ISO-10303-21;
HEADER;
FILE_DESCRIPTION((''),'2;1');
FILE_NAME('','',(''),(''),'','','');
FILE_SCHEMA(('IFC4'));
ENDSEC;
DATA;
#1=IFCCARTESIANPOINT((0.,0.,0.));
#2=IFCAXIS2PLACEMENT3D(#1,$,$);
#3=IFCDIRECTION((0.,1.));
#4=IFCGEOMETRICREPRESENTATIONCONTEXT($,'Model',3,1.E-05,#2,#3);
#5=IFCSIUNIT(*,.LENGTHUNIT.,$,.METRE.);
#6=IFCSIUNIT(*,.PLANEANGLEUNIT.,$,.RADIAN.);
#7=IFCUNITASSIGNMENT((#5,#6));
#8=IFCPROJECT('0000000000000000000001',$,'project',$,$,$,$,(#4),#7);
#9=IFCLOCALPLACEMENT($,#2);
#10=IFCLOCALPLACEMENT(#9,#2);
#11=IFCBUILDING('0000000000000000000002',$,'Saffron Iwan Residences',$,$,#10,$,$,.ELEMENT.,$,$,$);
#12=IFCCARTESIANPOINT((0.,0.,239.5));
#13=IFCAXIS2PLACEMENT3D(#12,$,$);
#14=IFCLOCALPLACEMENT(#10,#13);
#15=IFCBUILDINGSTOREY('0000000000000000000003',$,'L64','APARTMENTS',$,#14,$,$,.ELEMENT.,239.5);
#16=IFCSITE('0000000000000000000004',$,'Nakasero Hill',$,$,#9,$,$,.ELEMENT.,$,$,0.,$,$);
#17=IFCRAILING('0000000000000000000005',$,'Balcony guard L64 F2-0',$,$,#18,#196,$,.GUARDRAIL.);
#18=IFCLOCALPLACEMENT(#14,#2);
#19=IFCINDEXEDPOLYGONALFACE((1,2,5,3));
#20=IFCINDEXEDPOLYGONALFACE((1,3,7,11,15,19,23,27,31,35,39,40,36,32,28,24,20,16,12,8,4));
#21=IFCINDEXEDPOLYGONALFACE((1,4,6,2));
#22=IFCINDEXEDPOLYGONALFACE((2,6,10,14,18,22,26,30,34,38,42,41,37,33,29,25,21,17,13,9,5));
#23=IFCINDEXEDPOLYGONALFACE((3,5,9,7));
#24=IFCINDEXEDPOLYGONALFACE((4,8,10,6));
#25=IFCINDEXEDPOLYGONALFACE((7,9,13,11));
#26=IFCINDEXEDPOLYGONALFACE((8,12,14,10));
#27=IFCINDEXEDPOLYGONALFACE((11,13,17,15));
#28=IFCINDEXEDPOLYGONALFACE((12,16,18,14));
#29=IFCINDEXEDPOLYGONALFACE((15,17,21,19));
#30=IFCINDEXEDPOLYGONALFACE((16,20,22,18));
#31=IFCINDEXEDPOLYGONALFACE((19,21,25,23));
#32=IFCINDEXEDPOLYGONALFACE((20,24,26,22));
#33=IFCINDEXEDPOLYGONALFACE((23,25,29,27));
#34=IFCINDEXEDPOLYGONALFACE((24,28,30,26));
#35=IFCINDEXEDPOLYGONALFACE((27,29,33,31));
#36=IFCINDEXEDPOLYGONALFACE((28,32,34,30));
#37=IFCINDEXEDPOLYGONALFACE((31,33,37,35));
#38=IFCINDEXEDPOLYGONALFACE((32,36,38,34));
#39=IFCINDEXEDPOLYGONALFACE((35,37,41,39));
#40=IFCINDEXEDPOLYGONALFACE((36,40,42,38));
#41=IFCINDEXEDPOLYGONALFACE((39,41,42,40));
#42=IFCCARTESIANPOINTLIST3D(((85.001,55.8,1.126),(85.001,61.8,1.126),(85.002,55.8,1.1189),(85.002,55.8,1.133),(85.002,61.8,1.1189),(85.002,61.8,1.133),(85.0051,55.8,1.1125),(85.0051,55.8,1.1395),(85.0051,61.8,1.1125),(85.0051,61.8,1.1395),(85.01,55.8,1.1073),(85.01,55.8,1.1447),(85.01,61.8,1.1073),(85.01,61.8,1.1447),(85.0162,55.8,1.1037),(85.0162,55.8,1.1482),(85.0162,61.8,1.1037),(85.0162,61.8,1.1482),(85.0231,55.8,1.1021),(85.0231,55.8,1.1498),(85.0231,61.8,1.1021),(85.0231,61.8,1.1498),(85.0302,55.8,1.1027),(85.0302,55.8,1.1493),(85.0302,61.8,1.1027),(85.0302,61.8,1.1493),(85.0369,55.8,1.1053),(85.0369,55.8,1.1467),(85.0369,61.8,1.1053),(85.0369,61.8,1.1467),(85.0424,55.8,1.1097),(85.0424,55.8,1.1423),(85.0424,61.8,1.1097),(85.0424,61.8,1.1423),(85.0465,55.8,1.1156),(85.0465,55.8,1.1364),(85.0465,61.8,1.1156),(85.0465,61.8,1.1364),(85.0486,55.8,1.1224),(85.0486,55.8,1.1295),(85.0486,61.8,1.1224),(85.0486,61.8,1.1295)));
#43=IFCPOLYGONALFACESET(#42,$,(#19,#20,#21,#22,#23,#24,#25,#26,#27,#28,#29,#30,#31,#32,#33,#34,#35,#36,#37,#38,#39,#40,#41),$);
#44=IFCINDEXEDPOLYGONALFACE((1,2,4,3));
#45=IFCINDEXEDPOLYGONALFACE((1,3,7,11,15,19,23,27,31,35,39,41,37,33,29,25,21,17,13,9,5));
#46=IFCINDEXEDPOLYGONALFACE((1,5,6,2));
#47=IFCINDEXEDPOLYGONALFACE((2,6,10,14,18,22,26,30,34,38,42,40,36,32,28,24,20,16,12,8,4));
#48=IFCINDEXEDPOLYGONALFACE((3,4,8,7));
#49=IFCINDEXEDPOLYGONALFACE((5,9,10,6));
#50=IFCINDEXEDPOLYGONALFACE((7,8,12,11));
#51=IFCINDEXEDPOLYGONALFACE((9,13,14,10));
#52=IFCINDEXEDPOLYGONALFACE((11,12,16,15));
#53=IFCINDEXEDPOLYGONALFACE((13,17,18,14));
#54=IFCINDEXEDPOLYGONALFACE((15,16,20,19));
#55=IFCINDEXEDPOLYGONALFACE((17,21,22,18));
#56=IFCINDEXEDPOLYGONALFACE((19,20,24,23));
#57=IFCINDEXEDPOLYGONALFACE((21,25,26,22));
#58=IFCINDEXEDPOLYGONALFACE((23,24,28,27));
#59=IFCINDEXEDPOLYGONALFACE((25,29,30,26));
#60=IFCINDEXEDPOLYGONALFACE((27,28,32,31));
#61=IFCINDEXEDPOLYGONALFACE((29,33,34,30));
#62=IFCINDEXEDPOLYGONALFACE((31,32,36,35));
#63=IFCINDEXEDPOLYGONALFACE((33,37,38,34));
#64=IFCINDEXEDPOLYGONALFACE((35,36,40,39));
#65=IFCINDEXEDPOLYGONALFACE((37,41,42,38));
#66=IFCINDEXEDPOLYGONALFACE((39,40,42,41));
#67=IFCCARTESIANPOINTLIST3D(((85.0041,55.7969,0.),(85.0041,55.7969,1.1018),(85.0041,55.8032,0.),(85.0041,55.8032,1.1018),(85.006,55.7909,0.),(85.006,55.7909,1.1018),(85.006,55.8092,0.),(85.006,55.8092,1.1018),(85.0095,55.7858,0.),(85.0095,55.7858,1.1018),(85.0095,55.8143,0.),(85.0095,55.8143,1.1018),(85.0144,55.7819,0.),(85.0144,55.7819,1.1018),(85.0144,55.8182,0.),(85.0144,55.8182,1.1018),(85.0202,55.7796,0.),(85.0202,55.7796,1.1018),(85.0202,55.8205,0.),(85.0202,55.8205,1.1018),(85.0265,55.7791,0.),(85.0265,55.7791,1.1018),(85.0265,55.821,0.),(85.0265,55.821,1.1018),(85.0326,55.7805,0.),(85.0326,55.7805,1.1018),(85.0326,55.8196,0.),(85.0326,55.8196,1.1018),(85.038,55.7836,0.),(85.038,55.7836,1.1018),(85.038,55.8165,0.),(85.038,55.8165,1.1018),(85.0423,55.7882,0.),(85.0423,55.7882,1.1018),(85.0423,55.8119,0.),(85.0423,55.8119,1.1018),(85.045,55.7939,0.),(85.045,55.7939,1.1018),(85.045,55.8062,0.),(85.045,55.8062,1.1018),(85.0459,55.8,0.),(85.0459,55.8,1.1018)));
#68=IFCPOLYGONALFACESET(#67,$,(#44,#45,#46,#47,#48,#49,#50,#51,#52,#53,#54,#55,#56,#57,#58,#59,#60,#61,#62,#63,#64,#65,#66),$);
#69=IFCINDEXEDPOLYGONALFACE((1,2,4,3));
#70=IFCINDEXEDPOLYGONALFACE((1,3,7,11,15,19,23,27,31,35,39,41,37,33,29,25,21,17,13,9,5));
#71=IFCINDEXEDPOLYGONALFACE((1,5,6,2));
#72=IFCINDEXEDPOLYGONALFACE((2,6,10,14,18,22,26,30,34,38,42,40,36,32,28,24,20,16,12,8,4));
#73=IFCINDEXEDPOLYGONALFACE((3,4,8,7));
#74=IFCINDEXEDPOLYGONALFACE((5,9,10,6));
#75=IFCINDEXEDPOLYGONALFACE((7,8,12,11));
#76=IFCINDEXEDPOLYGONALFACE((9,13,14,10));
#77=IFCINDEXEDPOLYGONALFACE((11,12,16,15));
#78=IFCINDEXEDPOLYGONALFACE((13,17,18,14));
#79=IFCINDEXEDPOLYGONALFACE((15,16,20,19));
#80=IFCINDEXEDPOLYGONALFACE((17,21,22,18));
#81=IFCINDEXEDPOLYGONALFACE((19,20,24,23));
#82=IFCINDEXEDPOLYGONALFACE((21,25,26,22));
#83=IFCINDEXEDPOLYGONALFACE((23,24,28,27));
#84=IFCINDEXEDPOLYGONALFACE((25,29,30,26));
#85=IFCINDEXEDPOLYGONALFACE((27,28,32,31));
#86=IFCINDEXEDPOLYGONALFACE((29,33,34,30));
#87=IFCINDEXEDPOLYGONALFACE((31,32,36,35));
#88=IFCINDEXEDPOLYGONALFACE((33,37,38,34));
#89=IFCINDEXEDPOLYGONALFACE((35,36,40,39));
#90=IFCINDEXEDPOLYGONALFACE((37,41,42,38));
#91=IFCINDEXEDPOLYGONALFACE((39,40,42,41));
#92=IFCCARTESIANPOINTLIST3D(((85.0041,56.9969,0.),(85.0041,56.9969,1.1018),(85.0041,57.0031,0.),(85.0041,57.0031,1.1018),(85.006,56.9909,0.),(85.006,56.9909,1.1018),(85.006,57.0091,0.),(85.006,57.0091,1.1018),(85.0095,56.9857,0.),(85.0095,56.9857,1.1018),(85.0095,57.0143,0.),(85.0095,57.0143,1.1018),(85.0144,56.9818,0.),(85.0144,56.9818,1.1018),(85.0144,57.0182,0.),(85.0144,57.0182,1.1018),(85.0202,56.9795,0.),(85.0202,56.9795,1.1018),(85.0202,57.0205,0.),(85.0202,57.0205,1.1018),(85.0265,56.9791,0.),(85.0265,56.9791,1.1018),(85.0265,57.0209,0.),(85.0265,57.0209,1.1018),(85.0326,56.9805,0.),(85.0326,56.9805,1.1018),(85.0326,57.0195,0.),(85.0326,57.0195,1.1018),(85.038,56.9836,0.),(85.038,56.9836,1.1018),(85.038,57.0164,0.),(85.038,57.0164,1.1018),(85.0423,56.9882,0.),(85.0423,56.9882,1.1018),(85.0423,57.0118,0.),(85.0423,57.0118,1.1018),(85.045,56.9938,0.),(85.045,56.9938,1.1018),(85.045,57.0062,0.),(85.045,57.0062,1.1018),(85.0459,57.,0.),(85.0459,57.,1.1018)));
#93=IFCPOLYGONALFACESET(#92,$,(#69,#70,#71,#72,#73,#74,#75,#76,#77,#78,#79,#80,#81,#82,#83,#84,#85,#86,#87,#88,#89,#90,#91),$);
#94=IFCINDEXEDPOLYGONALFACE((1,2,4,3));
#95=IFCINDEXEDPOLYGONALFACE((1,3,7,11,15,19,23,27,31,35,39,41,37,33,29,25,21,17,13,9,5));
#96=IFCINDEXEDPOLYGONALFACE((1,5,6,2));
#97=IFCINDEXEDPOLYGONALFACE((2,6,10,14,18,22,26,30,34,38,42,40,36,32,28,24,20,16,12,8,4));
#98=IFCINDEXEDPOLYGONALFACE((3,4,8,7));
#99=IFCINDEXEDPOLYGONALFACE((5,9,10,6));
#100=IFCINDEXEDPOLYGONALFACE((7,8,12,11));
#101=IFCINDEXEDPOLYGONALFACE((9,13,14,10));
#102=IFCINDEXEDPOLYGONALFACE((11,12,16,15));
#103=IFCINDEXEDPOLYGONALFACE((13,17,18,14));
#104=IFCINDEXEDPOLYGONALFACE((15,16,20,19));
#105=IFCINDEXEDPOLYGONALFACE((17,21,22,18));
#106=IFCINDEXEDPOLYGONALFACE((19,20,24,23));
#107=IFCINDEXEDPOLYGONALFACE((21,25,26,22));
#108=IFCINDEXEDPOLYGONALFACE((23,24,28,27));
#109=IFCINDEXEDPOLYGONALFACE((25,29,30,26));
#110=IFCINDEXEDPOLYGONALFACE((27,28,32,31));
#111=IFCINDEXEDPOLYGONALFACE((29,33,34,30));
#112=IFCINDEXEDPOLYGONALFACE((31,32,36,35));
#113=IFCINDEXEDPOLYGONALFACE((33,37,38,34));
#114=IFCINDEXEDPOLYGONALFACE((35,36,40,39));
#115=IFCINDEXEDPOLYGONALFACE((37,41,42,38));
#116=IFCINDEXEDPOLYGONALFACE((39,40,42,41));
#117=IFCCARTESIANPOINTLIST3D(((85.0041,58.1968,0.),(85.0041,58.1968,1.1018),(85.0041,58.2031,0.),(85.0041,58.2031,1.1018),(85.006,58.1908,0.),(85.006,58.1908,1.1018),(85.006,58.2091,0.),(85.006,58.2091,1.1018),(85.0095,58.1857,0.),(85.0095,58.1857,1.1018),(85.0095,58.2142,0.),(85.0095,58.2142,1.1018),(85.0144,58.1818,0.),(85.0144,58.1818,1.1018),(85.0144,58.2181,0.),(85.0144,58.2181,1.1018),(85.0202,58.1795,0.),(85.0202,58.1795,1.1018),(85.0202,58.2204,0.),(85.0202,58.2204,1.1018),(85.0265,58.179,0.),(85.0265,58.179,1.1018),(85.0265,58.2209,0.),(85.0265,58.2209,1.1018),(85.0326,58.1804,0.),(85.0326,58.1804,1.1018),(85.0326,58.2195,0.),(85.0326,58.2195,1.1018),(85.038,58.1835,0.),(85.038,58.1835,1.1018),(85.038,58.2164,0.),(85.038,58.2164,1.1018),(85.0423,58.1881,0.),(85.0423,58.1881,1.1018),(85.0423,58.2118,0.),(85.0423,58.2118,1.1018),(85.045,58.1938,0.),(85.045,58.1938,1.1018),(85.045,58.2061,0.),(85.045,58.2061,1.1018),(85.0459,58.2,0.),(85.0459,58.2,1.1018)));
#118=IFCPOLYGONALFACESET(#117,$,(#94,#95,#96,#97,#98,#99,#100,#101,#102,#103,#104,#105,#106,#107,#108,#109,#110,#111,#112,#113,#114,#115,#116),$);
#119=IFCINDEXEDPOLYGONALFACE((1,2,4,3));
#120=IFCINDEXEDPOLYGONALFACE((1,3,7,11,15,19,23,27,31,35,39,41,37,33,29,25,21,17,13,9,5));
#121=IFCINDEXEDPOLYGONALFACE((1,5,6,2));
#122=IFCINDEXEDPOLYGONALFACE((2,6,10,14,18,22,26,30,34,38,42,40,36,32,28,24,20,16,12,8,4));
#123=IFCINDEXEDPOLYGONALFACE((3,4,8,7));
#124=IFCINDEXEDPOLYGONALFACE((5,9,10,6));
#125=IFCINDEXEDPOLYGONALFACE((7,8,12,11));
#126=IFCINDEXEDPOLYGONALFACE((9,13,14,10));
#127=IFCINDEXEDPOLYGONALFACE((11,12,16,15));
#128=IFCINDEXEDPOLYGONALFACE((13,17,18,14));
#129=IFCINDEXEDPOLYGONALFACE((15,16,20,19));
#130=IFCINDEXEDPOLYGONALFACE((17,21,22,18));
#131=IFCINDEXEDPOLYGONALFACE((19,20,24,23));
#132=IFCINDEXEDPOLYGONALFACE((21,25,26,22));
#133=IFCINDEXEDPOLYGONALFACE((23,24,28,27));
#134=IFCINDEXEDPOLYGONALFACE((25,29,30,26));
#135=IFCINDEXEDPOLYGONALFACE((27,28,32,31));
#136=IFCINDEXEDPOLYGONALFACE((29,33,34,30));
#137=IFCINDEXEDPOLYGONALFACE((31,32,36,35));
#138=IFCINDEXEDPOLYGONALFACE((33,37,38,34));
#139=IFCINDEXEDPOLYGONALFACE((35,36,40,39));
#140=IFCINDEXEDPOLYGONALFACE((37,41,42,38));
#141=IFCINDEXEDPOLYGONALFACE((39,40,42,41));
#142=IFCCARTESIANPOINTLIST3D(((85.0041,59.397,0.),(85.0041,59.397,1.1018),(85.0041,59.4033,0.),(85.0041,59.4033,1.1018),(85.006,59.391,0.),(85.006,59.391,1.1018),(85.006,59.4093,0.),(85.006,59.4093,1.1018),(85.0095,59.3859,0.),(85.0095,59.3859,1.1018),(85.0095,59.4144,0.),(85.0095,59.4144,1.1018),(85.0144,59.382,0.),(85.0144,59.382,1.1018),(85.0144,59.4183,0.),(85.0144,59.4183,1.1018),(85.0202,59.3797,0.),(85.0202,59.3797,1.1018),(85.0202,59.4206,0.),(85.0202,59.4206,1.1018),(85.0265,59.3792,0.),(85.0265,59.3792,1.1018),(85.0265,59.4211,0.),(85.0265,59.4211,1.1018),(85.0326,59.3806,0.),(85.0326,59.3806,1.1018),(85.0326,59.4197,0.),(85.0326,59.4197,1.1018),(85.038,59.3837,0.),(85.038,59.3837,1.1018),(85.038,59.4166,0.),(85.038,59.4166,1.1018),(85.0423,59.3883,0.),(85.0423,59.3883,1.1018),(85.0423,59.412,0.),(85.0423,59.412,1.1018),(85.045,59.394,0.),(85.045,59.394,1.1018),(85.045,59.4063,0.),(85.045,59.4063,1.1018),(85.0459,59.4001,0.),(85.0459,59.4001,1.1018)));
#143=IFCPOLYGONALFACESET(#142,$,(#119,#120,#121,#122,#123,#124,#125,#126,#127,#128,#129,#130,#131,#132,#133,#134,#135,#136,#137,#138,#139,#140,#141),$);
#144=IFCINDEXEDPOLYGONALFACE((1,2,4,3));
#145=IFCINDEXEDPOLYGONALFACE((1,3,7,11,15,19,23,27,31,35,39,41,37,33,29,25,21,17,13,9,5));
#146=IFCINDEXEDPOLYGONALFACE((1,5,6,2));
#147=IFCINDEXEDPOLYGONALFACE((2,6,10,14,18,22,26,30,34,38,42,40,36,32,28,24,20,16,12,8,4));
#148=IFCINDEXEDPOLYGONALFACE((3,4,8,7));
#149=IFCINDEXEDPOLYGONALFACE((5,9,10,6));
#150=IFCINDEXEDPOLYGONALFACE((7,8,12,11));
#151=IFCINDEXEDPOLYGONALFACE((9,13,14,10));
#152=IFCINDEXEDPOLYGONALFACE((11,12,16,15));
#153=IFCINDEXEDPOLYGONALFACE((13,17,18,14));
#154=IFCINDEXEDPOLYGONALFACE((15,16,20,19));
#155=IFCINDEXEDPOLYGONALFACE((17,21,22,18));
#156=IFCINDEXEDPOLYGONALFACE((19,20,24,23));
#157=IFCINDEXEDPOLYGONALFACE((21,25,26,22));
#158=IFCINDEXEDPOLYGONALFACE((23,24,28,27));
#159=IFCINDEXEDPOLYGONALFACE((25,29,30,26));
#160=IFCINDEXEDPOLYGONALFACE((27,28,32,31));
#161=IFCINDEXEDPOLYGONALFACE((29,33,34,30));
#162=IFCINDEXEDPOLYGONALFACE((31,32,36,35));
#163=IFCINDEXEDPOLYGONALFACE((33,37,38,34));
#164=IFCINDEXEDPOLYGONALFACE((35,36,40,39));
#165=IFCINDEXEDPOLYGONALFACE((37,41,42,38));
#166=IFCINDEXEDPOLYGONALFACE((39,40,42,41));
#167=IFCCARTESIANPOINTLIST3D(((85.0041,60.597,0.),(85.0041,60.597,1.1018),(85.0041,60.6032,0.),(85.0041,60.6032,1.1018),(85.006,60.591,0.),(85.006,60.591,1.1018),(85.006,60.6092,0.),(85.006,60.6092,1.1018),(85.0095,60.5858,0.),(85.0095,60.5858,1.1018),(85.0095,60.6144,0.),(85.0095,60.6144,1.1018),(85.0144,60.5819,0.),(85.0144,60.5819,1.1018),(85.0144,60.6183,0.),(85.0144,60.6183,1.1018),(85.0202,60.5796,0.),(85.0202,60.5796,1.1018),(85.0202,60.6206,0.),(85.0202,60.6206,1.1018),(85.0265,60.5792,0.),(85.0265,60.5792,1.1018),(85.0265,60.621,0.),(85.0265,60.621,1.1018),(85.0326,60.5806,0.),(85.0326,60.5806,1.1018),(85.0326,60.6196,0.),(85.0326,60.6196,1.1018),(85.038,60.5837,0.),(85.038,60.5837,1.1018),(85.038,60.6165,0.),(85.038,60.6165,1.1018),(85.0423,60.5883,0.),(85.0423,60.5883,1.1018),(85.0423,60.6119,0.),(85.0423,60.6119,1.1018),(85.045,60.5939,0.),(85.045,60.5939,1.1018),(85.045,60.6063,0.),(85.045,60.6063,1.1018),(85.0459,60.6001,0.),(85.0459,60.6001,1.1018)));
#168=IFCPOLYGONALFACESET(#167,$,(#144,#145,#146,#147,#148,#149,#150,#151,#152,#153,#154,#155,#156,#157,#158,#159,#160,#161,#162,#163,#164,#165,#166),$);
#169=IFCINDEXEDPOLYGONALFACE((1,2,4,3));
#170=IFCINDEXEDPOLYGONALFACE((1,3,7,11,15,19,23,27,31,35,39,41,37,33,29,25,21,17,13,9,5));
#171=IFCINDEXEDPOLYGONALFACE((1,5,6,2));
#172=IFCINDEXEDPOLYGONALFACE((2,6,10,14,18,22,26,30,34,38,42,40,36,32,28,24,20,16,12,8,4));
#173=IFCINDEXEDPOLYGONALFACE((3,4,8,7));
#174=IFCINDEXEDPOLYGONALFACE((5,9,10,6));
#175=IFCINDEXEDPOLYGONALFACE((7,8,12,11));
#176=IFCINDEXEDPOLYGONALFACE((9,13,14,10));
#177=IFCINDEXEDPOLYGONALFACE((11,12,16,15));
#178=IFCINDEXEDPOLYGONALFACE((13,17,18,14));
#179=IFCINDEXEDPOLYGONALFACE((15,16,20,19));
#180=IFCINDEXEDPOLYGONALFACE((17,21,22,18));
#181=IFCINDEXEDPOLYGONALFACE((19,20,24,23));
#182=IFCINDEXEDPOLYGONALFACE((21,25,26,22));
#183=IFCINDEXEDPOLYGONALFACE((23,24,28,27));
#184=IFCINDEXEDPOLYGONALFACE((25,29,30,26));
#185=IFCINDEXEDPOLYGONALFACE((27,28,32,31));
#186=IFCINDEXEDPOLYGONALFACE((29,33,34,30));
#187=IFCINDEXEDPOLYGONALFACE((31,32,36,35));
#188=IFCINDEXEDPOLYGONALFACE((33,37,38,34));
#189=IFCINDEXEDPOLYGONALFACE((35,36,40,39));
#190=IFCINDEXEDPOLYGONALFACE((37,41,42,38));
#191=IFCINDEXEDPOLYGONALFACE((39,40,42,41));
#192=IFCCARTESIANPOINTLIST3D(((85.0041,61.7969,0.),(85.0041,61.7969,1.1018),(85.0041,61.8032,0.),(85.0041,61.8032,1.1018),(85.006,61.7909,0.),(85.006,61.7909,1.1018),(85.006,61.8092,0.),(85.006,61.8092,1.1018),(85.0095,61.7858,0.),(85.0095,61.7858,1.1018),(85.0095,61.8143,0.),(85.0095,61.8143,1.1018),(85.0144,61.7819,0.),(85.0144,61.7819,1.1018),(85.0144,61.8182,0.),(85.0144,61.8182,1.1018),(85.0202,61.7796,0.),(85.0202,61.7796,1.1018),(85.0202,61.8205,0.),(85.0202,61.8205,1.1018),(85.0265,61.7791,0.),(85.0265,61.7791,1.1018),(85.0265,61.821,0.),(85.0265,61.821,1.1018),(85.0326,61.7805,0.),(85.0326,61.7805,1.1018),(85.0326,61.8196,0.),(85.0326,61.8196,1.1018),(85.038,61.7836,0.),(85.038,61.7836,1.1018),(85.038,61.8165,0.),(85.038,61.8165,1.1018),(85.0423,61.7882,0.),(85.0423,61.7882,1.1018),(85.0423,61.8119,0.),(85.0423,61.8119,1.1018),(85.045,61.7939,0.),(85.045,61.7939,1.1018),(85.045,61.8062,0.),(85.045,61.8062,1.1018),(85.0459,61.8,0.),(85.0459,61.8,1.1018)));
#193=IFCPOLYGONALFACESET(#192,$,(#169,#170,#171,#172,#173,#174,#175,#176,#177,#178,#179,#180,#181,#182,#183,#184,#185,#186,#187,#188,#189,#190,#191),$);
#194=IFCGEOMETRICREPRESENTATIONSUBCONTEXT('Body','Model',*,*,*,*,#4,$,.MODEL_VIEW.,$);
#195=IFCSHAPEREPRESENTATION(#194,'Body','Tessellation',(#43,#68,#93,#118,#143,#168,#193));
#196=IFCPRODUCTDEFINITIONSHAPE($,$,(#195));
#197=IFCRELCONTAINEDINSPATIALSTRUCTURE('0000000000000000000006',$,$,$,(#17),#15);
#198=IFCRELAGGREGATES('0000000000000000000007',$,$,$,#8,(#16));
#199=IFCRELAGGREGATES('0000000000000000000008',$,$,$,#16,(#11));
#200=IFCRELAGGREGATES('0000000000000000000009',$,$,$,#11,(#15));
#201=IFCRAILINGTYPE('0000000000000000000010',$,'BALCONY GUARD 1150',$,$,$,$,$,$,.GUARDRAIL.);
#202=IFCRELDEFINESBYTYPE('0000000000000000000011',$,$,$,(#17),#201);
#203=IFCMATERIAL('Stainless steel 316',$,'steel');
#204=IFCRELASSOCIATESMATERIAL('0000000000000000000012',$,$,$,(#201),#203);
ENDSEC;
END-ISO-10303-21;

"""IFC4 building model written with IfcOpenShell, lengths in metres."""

from ifc_helpers import new_model, si_unit, direction, frame, origin, origin_2d, place, context, subcontext, project, spatial, circle, extrude, material, type_object, element, save


model = new_model("IFC4")

# Units and contexts
model_context = context("Model", 3, precision=1e-05, world=origin(), true_north=direction((0.0, 1.0)))
body_context = subcontext(model_context, "Body", "Model", "MODEL_VIEW")
ifc_project = project(units=[si_unit("LENGTHUNIT", "METRE"), si_unit("PLANEANGLEUNIT", "RADIAN")], contexts=[model_context])

# Site, building, storey
site_placement = place(None, origin())
site = spatial("IfcSite", under=ifc_project, at=site_placement, Name="Nakasero Hill", CompositionType="ELEMENT", RefElevation=0.0)
building_placement = place(site_placement, origin())
building = spatial("IfcBuilding", under=site, at=building_placement, Name="Saffron Iwan Residences", CompositionType="ELEMENT")
storey_placement = place(building_placement, frame((0.0, 0.0, 239.5)))
storey = spatial("IfcBuildingStorey", under=building, at=storey_placement, Name="L64", Description="APARTMENTS", CompositionType="ELEMENT", Elevation=239.5)

# Railing
ifc_material_1 = material(Name="Stainless steel 316", Category="steel")
railing_type = type_object("IfcRailingType", Name="BALCONY GUARD 1150", PredefinedType="GUARDRAIL", material=ifc_material_1)
railing_placement = place(storey_placement, frame((85.0249, 55.8, 0.0)))
element("IfcRailing", 1, at=railing_placement, inside=storey, type_object=railing_type, Name="Balcony guard L64 F2-0", PredefinedType="GUARDRAIL", context=body_context, shape_type="SweptSolid", body=[
    extrude(circle(Radius=0.0239, at=origin_2d()), frame((0.0, 0.0, 1.126), z_axis=(0.0, 1.0, 0.0), x_axis=(-1.0, 0.0, 0.0)), (0.0, 0.0, 1.0), 6.0),
    extrude(circle(Radius=0.021, at=origin_2d()), origin(), (0.0, 0.0, 1.0), 1.1018),
    extrude(circle(Radius=0.021, at=origin_2d()), frame((0.0, 1.2, 0.0)), (0.0, 0.0, 1.0), 1.1018),
    extrude(circle(Radius=0.021, at=origin_2d()), frame((0.0, 2.3999, 0.0)), (0.0, 0.0, 1.0), 1.1018),
    extrude(circle(Radius=0.021, at=origin_2d()), frame((0.0, 3.6001, 0.0)), (0.0, 0.0, 1.0), 1.1018),
    extrude(circle(Radius=0.021, at=origin_2d()), frame((0.0, 4.8, 0.0)), (0.0, 0.0, 1.0), 1.1018),
    extrude(circle(Radius=0.021, at=origin_2d()), frame((0.0, 6.0, 0.0)), (0.0, 0.0, 1.0), 1.1018),
])

save(model, "model.ifc")
